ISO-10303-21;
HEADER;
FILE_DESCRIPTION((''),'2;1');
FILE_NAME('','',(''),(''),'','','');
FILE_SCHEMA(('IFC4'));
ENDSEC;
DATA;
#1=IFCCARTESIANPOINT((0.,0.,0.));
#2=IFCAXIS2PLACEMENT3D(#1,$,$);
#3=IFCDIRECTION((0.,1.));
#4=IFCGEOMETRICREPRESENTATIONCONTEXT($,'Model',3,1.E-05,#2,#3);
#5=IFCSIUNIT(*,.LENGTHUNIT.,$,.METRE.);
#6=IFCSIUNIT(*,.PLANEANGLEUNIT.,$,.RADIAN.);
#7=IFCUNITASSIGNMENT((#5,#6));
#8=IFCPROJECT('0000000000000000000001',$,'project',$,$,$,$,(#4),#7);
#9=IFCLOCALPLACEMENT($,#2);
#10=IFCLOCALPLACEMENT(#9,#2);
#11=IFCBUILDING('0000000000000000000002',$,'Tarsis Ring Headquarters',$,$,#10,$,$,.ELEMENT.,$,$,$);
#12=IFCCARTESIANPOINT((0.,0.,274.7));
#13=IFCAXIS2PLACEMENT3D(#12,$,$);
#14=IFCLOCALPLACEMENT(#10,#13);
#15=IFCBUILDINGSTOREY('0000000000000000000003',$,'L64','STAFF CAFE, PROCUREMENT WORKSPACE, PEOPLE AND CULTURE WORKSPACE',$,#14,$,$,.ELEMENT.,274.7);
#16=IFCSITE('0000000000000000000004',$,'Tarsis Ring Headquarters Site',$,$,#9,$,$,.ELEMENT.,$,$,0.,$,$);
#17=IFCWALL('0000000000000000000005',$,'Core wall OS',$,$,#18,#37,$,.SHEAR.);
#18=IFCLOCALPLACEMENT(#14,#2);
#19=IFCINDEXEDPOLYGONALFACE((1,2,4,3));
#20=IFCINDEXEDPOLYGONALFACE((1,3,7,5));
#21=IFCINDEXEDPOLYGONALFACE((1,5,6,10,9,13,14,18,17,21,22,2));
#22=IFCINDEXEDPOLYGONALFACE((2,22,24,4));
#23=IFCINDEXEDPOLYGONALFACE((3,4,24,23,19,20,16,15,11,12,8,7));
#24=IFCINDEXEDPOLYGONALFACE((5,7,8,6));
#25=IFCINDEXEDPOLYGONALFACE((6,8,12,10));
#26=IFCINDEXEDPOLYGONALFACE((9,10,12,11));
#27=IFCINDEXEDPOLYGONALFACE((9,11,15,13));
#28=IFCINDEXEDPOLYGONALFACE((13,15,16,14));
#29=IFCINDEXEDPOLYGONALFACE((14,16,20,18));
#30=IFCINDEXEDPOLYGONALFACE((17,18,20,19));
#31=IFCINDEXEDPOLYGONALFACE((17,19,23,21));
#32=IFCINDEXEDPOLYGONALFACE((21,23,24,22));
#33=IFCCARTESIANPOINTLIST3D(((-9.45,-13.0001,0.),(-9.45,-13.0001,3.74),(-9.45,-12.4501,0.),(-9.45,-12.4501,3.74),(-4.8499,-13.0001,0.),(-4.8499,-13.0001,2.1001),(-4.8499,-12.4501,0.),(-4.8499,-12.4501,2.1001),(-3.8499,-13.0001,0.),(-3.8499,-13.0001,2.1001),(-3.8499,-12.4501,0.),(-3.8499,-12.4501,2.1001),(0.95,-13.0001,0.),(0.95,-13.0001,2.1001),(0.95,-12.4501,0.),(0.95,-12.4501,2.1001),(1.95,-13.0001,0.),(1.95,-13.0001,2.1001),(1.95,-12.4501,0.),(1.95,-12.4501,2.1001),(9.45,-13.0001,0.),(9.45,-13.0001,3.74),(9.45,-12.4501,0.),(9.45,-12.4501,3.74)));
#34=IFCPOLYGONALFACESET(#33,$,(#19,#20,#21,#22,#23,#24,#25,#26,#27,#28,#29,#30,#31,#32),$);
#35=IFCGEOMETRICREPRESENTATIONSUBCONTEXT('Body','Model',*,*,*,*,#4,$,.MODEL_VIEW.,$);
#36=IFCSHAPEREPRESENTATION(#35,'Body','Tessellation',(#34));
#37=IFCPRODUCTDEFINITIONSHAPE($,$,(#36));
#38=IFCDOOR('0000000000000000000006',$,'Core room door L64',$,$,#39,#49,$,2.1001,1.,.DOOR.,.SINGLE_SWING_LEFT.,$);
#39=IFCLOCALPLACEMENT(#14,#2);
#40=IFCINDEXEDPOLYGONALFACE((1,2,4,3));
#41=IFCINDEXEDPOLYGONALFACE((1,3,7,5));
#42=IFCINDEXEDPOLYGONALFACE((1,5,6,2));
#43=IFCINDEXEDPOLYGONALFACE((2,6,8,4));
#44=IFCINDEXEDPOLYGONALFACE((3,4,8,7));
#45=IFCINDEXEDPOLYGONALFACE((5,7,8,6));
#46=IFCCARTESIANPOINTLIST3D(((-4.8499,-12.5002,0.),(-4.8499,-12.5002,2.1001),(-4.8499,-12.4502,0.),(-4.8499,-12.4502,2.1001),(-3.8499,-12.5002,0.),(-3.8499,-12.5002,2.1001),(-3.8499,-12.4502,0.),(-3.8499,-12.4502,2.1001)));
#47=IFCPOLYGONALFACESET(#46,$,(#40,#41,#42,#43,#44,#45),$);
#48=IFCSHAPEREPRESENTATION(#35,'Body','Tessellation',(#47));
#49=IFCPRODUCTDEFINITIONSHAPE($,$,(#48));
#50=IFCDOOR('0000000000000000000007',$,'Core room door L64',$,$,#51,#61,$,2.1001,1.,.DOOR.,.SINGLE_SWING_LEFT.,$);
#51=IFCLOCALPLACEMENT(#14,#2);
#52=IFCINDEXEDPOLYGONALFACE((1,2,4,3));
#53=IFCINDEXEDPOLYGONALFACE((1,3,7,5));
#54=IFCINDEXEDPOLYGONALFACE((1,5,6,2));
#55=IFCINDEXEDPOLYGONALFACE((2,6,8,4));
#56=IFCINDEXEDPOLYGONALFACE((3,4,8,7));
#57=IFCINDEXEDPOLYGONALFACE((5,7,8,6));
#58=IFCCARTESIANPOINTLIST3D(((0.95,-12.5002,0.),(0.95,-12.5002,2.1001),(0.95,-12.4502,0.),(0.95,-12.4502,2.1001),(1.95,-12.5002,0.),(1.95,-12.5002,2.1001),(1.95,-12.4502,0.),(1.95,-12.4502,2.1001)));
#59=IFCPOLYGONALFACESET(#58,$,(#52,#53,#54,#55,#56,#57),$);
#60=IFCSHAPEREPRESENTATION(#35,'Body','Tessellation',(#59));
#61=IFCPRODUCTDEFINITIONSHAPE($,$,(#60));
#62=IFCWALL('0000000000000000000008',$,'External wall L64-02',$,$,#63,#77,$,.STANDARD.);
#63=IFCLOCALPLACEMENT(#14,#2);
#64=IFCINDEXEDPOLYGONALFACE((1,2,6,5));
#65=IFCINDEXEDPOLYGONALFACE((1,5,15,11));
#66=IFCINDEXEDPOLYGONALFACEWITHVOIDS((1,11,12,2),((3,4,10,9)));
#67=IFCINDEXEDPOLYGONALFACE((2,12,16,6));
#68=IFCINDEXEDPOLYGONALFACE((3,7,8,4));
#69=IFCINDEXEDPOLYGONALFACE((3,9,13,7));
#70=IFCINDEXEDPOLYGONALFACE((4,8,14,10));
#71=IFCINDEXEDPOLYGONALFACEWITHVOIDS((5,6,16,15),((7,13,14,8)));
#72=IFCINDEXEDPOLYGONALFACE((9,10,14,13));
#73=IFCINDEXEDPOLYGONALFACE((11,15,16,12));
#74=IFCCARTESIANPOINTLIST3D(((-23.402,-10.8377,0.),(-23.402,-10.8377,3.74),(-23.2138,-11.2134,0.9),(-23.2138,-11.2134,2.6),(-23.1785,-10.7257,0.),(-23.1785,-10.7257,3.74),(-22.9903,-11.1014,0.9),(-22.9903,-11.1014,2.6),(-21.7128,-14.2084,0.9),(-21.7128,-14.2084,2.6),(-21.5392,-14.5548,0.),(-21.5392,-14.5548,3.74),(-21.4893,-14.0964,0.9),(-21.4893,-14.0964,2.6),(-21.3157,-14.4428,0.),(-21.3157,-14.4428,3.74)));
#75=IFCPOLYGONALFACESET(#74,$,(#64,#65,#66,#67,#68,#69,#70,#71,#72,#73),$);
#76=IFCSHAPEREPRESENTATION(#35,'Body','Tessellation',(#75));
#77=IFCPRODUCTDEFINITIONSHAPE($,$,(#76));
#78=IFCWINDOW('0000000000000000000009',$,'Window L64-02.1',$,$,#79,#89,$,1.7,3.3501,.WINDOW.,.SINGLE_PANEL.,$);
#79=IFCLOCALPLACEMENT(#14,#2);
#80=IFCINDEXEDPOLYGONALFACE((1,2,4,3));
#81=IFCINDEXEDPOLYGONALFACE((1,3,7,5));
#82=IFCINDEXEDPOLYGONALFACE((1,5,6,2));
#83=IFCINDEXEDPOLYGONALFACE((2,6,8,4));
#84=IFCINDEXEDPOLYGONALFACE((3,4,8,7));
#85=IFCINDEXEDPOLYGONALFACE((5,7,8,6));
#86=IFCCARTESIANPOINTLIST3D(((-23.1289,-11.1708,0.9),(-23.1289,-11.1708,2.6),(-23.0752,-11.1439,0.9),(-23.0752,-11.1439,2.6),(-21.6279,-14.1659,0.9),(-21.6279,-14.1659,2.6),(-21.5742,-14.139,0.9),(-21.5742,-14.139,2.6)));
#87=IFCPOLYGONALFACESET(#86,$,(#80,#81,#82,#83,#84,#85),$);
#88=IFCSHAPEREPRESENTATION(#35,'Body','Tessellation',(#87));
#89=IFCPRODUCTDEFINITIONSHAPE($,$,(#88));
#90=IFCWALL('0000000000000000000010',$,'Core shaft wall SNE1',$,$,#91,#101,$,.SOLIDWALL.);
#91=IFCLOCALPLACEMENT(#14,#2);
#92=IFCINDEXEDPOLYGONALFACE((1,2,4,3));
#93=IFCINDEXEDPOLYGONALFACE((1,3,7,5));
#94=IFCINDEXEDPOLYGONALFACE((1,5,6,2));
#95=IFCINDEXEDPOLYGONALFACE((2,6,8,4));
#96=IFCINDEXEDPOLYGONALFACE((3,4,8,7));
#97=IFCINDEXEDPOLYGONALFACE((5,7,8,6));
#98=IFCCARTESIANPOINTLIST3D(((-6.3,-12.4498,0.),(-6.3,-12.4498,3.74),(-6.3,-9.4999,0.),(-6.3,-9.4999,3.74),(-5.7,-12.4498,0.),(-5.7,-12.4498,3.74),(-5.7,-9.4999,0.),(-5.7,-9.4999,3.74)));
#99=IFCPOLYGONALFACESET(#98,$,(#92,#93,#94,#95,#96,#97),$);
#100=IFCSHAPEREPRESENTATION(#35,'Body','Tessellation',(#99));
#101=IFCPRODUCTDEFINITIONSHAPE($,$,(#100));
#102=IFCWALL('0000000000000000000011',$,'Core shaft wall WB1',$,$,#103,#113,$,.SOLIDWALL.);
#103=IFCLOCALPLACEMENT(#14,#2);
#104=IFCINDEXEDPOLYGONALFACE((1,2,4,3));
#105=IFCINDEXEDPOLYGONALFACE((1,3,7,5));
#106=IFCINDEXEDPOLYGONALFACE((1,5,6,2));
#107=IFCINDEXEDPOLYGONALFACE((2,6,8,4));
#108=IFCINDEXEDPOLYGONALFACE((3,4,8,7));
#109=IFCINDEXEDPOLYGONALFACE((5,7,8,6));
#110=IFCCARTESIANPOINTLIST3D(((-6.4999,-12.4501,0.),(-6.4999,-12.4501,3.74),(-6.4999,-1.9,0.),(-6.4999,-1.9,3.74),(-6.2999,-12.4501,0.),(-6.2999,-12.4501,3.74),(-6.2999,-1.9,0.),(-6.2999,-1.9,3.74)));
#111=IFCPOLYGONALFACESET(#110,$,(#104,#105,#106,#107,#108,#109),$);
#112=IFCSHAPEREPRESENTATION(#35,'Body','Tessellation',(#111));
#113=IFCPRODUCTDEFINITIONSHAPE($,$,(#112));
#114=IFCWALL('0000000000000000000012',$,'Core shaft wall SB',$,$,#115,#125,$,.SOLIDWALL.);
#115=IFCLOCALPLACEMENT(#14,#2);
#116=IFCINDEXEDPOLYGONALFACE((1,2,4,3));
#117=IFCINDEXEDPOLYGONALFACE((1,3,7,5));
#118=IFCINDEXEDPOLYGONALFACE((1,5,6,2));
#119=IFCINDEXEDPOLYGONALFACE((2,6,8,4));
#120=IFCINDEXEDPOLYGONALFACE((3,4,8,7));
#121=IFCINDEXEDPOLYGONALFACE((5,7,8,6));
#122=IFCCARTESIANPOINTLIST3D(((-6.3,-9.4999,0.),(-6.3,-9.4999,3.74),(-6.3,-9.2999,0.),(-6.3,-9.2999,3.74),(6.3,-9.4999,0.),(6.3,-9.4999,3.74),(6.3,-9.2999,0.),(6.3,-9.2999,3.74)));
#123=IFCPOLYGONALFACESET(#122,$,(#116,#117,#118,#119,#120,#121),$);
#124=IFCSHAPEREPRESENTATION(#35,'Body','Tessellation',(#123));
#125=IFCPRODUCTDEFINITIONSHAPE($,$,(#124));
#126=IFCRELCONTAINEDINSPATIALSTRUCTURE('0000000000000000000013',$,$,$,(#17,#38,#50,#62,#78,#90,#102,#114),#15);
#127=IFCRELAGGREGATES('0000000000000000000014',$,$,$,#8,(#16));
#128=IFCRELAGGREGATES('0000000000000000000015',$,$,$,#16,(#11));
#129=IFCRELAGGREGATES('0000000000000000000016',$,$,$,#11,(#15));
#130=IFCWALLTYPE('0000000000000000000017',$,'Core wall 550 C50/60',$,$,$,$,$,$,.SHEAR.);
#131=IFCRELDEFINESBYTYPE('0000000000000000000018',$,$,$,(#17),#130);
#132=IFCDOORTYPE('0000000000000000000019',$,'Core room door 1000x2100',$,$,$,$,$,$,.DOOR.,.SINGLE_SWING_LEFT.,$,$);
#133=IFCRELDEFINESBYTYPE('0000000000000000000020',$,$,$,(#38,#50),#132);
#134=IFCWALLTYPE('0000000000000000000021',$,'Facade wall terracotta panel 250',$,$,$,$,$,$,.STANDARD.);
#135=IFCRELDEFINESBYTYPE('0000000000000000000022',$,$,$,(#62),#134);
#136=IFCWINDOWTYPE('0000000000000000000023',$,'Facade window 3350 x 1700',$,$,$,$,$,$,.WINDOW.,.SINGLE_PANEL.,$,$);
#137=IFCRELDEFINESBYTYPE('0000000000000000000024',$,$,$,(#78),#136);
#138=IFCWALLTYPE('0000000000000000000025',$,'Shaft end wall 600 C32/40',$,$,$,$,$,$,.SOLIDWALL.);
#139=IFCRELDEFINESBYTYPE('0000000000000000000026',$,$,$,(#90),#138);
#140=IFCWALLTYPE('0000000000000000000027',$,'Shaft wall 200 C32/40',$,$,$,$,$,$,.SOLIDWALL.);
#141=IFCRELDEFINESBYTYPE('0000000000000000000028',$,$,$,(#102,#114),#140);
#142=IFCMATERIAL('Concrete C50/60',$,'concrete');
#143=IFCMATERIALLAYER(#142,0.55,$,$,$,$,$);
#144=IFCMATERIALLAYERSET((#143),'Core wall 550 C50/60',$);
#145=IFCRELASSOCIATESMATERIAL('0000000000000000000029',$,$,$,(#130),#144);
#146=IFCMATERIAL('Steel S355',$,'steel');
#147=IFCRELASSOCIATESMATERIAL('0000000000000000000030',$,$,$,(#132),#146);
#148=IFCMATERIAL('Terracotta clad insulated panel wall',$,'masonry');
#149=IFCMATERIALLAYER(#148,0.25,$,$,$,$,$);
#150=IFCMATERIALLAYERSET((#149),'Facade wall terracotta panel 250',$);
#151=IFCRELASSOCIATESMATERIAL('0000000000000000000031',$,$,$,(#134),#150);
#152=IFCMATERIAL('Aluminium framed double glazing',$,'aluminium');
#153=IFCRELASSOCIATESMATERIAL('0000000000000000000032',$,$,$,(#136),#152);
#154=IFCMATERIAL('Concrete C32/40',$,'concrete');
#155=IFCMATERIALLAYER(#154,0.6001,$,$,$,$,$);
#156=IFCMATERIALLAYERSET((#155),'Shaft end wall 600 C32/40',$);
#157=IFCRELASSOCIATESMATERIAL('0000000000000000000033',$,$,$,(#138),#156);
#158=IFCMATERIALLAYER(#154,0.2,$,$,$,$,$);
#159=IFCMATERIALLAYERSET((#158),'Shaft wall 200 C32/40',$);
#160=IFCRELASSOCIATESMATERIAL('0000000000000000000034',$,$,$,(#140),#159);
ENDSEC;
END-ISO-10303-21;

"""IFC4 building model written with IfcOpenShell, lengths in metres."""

from ifc_helpers import new_model, si_unit, direction, frame, frame_2d, origin, place, context, subcontext, project, spatial, rectangle, extrude, material, layer, layer_set, type_object, element, fill, save


model = new_model("IFC4")

# Units and contexts
model_context = context("Model", 3, precision=1e-05, world=origin(), true_north=direction((0.0, 1.0)))
body_context = subcontext(model_context, "Body", "Model", "MODEL_VIEW")
ifc_project = project(units=[si_unit("LENGTHUNIT", "METRE"), si_unit("PLANEANGLEUNIT", "RADIAN")], contexts=[model_context])

# Site, building, storey
site_placement = place(None, origin())
site = spatial("IfcSite", under=ifc_project, at=site_placement, Name="Tarsis Ring Headquarters Site", CompositionType="ELEMENT", RefElevation=0.0)
building_placement = place(site_placement, origin())
building = spatial("IfcBuilding", under=site, at=building_placement, Name="Tarsis Ring Headquarters", CompositionType="ELEMENT")
storey_placement = place(building_placement, frame((0.0, 0.0, 274.7)))
storey = spatial("IfcBuildingStorey", under=building, at=storey_placement, Name="L64", Description="STAFF CAFE, PROCUREMENT WORKSPACE, PEOPLE AND CULTURE WORKSPACE", CompositionType="ELEMENT", Elevation=274.7)

# Wall, openings, doors
ifc_material_1 = material(Name="Concrete C50/60", Category="concrete")
ifc_layer_1 = layer(ifc_material_1, 0.55)
ifc_layer_set_1 = layer_set([ifc_layer_1], Name="Core wall 550 C50/60")
wall_type_1 = type_object("IfcWallType", Name="Core wall 550 C50/60", PredefinedType="SHEAR", material=ifc_layer_set_1)
ifc_material_2 = material(Name="Steel S355", Category="steel")
door_type_1 = type_object("IfcDoorType", Name="Core room door 1000x2100", OperationType="SINGLE_SWING_LEFT", PredefinedType="DOOR", material=ifc_material_2)
wall_1_placement = place(storey_placement, frame((-9.45, -12.7251, 0.0), z_axis=(0.0, 0.0, 1.0), x_axis=(1.0, 0.0, 0.0)))
wall_1 = element("IfcWall", 1, at=wall_1_placement, inside=storey, type_object=wall_type_1, Name="Core wall OS", PredefinedType="SHEAR", context=body_context, shape_type="SweptSolid", body=[
    extrude(rectangle(XDim=18.8999, YDim=0.55, at=frame_2d((9.45, 0.0))), origin(), (0.0, 0.0, 1.0), 3.74),
])
opening_1_placement = place(wall_1_placement, frame((4.6001, 0.0, 0.0)))
opening_1 = element("IfcOpeningElement", 2, at=opening_1_placement, cuts=wall_1, PredefinedType="OPENING", context=body_context, shape_type="SweptSolid", body=[
    extrude(rectangle(XDim=1.0, YDim=2.1001, at=frame_2d((0.5, 1.05))), frame((0.0, 0.2849, 0.0), z_axis=(0.0, -1.0, 0.0), x_axis=(1.0, 0.0, 0.0)), (0.0, 0.0, 1.0), 0.5701),
])
opening_2_placement = place(wall_1_placement, frame((10.3999, 0.0, 0.0)))
opening_2 = element("IfcOpeningElement", 3, at=opening_2_placement, cuts=wall_1, PredefinedType="OPENING", context=body_context, shape_type="SweptSolid", body=[
    extrude(rectangle(XDim=1.0, YDim=2.1001, at=frame_2d((0.5, 1.05))), frame((0.0, 0.2849, 0.0), z_axis=(0.0, -1.0, 0.0), x_axis=(1.0, 0.0, 0.0)), (0.0, 0.0, 1.0), 0.5701),
])
door_1_placement = place(opening_1_placement, origin())
door_1 = element("IfcDoor", 4, at=door_1_placement, inside=storey, type_object=door_type_1, Name="Core room door L64", OperationType="SINGLE_SWING_LEFT", OverallHeight=2.1001, OverallWidth=1.0, PredefinedType="DOOR", context=body_context, shape_type="SweptSolid", body=[
    extrude(rectangle(XDim=1.0, YDim=2.1001, at=frame_2d((0.5, 1.05))), frame((0.0, 0.2749, 0.0), z_axis=(0.0, -1.0, 0.0), x_axis=(1.0, 0.0, 0.0)), (0.0, 0.0, 1.0), 0.05),
])
fill(opening_1, door_1)
door_2_placement = place(opening_2_placement, origin())
door_2 = element("IfcDoor", 5, at=door_2_placement, inside=storey, type_object=door_type_1, Name="Core room door L64", OperationType="SINGLE_SWING_LEFT", OverallHeight=2.1001, OverallWidth=1.0, PredefinedType="DOOR", context=body_context, shape_type="SweptSolid", body=[
    extrude(rectangle(XDim=1.0, YDim=2.1001, at=frame_2d((0.5, 1.05))), frame((0.0, 0.2749, 0.0), z_axis=(0.0, -1.0, 0.0), x_axis=(1.0, 0.0, 0.0)), (0.0, 0.0, 1.0), 0.05),
])
fill(opening_2, door_2)

# Wall, opening, window
ifc_material_3 = material(Name="Terracotta clad insulated panel wall", Category="masonry")
ifc_layer_2 = layer(ifc_material_3, 0.25)
ifc_layer_set_2 = layer_set([ifc_layer_2], Name="Facade wall terracotta panel 250")
wall_type_2 = type_object("IfcWallType", Name="Facade wall terracotta panel 250", PredefinedType="STANDARD", material=ifc_layer_set_2)
wall_2_placement = place(storey_placement, frame((-23.2903, -10.7817, 0.0), z_axis=(0.0, 0.0, 1.0), x_axis=(0.448035, -0.894016, 0.0)))
wall_2 = element("IfcWall", 6, at=wall_2_placement, inside=storey, type_object=wall_type_2, Name="External wall L64-02", PredefinedType="STANDARD", context=body_context, shape_type="SweptSolid", body=[
    extrude(rectangle(XDim=4.1577, YDim=0.25, at=frame_2d((2.0789, 0.0))), origin(), (0.0, 0.0, 1.0), 3.74),
])
opening_3_placement = place(wall_2_placement, frame((0.4202, 0.0, 0.8999)))
opening_3 = element("IfcOpeningElement", 7, at=opening_3_placement, cuts=wall_2, PredefinedType="OPENING", context=body_context, shape_type="SweptSolid", body=[
    extrude(rectangle(XDim=3.3501, YDim=1.7, at=frame_2d((1.675, 0.8501))), frame((0.0, 0.135, 0.0), z_axis=(0.0, -1.0, 0.0), x_axis=(1.0, 0.0, 0.0)), (0.0, 0.0, 1.0), 0.27),
])
ifc_material_4 = material(Name="Aluminium framed double glazing", Category="aluminium")
window_type = type_object("IfcWindowType", Name="Facade window 3350 x 1700", PartitioningType="SINGLE_PANEL", PredefinedType="WINDOW", material=ifc_material_4)
window_placement = place(opening_3_placement, origin())
window = element("IfcWindow", 8, at=window_placement, inside=storey, type_object=window_type, Name="Window L64-02.1", OverallHeight=1.7, OverallWidth=3.3501, PartitioningType="SINGLE_PANEL", PredefinedType="WINDOW", context=body_context, shape_type="SweptSolid", body=[
    extrude(rectangle(XDim=3.3501, YDim=1.7, at=frame_2d((1.675, 0.8501))), frame((0.0, 0.03, 0.0), z_axis=(0.0, -1.0, 0.0), x_axis=(1.0, 0.0, 0.0)), (0.0, 0.0, 1.0), 0.0601),
])
fill(opening_3, window)

# Walls
ifc_material_5 = material(Name="Concrete C32/40", Category="concrete")
ifc_layer_3 = layer(ifc_material_5, 0.6001)
ifc_layer_set_3 = layer_set([ifc_layer_3], Name="Shaft end wall 600 C32/40")
wall_type_3 = type_object("IfcWallType", Name="Shaft end wall 600 C32/40", PredefinedType="SOLIDWALL", material=ifc_layer_set_3)
wall_3_placement = place(storey_placement, frame((-6.0, -12.45, 0.0), z_axis=(0.0, 0.0, 1.0), x_axis=(0.0, 1.0, 0.0)))
element("IfcWall", 9, at=wall_3_placement, inside=storey, type_object=wall_type_3, Name="Core shaft wall SNE1", PredefinedType="SOLIDWALL", context=body_context, shape_type="SweptSolid", body=[
    extrude(rectangle(XDim=2.95, YDim=0.6001, at=frame_2d((1.4751, 0.0))), origin(), (0.0, 0.0, 1.0), 3.74),
])
ifc_layer_4 = layer(ifc_material_5, 0.2)
ifc_layer_set_4 = layer_set([ifc_layer_4], Name="Shaft wall 200 C32/40")
wall_type_4 = type_object("IfcWallType", Name="Shaft wall 200 C32/40", PredefinedType="SOLIDWALL", material=ifc_layer_set_4)
wall_4_placement = place(storey_placement, frame((-6.3999, -12.45, 0.0), z_axis=(0.0, 0.0, 1.0), x_axis=(0.0, 1.0, 0.0)))
element("IfcWall", 10, at=wall_4_placement, inside=storey, type_object=wall_type_4, Name="Core shaft wall WB1", PredefinedType="SOLIDWALL", context=body_context, shape_type="SweptSolid", body=[
    extrude(rectangle(XDim=10.55, YDim=0.2, at=frame_2d((5.2749, 0.0))), origin(), (0.0, 0.0, 1.0), 3.74),
])
wall_5_placement = place(storey_placement, frame((-6.3, -9.3999, 0.0), z_axis=(0.0, 0.0, 1.0), x_axis=(1.0, 0.0, 0.0)))
element("IfcWall", 11, at=wall_5_placement, inside=storey, type_object=wall_type_4, Name="Core shaft wall SB", PredefinedType="SOLIDWALL", context=body_context, shape_type="SweptSolid", body=[
    extrude(rectangle(XDim=12.6001, YDim=0.2, at=frame_2d((6.3, 0.0))), origin(), (0.0, 0.0, 1.0), 3.74),
])

save(model, "model.ifc")
